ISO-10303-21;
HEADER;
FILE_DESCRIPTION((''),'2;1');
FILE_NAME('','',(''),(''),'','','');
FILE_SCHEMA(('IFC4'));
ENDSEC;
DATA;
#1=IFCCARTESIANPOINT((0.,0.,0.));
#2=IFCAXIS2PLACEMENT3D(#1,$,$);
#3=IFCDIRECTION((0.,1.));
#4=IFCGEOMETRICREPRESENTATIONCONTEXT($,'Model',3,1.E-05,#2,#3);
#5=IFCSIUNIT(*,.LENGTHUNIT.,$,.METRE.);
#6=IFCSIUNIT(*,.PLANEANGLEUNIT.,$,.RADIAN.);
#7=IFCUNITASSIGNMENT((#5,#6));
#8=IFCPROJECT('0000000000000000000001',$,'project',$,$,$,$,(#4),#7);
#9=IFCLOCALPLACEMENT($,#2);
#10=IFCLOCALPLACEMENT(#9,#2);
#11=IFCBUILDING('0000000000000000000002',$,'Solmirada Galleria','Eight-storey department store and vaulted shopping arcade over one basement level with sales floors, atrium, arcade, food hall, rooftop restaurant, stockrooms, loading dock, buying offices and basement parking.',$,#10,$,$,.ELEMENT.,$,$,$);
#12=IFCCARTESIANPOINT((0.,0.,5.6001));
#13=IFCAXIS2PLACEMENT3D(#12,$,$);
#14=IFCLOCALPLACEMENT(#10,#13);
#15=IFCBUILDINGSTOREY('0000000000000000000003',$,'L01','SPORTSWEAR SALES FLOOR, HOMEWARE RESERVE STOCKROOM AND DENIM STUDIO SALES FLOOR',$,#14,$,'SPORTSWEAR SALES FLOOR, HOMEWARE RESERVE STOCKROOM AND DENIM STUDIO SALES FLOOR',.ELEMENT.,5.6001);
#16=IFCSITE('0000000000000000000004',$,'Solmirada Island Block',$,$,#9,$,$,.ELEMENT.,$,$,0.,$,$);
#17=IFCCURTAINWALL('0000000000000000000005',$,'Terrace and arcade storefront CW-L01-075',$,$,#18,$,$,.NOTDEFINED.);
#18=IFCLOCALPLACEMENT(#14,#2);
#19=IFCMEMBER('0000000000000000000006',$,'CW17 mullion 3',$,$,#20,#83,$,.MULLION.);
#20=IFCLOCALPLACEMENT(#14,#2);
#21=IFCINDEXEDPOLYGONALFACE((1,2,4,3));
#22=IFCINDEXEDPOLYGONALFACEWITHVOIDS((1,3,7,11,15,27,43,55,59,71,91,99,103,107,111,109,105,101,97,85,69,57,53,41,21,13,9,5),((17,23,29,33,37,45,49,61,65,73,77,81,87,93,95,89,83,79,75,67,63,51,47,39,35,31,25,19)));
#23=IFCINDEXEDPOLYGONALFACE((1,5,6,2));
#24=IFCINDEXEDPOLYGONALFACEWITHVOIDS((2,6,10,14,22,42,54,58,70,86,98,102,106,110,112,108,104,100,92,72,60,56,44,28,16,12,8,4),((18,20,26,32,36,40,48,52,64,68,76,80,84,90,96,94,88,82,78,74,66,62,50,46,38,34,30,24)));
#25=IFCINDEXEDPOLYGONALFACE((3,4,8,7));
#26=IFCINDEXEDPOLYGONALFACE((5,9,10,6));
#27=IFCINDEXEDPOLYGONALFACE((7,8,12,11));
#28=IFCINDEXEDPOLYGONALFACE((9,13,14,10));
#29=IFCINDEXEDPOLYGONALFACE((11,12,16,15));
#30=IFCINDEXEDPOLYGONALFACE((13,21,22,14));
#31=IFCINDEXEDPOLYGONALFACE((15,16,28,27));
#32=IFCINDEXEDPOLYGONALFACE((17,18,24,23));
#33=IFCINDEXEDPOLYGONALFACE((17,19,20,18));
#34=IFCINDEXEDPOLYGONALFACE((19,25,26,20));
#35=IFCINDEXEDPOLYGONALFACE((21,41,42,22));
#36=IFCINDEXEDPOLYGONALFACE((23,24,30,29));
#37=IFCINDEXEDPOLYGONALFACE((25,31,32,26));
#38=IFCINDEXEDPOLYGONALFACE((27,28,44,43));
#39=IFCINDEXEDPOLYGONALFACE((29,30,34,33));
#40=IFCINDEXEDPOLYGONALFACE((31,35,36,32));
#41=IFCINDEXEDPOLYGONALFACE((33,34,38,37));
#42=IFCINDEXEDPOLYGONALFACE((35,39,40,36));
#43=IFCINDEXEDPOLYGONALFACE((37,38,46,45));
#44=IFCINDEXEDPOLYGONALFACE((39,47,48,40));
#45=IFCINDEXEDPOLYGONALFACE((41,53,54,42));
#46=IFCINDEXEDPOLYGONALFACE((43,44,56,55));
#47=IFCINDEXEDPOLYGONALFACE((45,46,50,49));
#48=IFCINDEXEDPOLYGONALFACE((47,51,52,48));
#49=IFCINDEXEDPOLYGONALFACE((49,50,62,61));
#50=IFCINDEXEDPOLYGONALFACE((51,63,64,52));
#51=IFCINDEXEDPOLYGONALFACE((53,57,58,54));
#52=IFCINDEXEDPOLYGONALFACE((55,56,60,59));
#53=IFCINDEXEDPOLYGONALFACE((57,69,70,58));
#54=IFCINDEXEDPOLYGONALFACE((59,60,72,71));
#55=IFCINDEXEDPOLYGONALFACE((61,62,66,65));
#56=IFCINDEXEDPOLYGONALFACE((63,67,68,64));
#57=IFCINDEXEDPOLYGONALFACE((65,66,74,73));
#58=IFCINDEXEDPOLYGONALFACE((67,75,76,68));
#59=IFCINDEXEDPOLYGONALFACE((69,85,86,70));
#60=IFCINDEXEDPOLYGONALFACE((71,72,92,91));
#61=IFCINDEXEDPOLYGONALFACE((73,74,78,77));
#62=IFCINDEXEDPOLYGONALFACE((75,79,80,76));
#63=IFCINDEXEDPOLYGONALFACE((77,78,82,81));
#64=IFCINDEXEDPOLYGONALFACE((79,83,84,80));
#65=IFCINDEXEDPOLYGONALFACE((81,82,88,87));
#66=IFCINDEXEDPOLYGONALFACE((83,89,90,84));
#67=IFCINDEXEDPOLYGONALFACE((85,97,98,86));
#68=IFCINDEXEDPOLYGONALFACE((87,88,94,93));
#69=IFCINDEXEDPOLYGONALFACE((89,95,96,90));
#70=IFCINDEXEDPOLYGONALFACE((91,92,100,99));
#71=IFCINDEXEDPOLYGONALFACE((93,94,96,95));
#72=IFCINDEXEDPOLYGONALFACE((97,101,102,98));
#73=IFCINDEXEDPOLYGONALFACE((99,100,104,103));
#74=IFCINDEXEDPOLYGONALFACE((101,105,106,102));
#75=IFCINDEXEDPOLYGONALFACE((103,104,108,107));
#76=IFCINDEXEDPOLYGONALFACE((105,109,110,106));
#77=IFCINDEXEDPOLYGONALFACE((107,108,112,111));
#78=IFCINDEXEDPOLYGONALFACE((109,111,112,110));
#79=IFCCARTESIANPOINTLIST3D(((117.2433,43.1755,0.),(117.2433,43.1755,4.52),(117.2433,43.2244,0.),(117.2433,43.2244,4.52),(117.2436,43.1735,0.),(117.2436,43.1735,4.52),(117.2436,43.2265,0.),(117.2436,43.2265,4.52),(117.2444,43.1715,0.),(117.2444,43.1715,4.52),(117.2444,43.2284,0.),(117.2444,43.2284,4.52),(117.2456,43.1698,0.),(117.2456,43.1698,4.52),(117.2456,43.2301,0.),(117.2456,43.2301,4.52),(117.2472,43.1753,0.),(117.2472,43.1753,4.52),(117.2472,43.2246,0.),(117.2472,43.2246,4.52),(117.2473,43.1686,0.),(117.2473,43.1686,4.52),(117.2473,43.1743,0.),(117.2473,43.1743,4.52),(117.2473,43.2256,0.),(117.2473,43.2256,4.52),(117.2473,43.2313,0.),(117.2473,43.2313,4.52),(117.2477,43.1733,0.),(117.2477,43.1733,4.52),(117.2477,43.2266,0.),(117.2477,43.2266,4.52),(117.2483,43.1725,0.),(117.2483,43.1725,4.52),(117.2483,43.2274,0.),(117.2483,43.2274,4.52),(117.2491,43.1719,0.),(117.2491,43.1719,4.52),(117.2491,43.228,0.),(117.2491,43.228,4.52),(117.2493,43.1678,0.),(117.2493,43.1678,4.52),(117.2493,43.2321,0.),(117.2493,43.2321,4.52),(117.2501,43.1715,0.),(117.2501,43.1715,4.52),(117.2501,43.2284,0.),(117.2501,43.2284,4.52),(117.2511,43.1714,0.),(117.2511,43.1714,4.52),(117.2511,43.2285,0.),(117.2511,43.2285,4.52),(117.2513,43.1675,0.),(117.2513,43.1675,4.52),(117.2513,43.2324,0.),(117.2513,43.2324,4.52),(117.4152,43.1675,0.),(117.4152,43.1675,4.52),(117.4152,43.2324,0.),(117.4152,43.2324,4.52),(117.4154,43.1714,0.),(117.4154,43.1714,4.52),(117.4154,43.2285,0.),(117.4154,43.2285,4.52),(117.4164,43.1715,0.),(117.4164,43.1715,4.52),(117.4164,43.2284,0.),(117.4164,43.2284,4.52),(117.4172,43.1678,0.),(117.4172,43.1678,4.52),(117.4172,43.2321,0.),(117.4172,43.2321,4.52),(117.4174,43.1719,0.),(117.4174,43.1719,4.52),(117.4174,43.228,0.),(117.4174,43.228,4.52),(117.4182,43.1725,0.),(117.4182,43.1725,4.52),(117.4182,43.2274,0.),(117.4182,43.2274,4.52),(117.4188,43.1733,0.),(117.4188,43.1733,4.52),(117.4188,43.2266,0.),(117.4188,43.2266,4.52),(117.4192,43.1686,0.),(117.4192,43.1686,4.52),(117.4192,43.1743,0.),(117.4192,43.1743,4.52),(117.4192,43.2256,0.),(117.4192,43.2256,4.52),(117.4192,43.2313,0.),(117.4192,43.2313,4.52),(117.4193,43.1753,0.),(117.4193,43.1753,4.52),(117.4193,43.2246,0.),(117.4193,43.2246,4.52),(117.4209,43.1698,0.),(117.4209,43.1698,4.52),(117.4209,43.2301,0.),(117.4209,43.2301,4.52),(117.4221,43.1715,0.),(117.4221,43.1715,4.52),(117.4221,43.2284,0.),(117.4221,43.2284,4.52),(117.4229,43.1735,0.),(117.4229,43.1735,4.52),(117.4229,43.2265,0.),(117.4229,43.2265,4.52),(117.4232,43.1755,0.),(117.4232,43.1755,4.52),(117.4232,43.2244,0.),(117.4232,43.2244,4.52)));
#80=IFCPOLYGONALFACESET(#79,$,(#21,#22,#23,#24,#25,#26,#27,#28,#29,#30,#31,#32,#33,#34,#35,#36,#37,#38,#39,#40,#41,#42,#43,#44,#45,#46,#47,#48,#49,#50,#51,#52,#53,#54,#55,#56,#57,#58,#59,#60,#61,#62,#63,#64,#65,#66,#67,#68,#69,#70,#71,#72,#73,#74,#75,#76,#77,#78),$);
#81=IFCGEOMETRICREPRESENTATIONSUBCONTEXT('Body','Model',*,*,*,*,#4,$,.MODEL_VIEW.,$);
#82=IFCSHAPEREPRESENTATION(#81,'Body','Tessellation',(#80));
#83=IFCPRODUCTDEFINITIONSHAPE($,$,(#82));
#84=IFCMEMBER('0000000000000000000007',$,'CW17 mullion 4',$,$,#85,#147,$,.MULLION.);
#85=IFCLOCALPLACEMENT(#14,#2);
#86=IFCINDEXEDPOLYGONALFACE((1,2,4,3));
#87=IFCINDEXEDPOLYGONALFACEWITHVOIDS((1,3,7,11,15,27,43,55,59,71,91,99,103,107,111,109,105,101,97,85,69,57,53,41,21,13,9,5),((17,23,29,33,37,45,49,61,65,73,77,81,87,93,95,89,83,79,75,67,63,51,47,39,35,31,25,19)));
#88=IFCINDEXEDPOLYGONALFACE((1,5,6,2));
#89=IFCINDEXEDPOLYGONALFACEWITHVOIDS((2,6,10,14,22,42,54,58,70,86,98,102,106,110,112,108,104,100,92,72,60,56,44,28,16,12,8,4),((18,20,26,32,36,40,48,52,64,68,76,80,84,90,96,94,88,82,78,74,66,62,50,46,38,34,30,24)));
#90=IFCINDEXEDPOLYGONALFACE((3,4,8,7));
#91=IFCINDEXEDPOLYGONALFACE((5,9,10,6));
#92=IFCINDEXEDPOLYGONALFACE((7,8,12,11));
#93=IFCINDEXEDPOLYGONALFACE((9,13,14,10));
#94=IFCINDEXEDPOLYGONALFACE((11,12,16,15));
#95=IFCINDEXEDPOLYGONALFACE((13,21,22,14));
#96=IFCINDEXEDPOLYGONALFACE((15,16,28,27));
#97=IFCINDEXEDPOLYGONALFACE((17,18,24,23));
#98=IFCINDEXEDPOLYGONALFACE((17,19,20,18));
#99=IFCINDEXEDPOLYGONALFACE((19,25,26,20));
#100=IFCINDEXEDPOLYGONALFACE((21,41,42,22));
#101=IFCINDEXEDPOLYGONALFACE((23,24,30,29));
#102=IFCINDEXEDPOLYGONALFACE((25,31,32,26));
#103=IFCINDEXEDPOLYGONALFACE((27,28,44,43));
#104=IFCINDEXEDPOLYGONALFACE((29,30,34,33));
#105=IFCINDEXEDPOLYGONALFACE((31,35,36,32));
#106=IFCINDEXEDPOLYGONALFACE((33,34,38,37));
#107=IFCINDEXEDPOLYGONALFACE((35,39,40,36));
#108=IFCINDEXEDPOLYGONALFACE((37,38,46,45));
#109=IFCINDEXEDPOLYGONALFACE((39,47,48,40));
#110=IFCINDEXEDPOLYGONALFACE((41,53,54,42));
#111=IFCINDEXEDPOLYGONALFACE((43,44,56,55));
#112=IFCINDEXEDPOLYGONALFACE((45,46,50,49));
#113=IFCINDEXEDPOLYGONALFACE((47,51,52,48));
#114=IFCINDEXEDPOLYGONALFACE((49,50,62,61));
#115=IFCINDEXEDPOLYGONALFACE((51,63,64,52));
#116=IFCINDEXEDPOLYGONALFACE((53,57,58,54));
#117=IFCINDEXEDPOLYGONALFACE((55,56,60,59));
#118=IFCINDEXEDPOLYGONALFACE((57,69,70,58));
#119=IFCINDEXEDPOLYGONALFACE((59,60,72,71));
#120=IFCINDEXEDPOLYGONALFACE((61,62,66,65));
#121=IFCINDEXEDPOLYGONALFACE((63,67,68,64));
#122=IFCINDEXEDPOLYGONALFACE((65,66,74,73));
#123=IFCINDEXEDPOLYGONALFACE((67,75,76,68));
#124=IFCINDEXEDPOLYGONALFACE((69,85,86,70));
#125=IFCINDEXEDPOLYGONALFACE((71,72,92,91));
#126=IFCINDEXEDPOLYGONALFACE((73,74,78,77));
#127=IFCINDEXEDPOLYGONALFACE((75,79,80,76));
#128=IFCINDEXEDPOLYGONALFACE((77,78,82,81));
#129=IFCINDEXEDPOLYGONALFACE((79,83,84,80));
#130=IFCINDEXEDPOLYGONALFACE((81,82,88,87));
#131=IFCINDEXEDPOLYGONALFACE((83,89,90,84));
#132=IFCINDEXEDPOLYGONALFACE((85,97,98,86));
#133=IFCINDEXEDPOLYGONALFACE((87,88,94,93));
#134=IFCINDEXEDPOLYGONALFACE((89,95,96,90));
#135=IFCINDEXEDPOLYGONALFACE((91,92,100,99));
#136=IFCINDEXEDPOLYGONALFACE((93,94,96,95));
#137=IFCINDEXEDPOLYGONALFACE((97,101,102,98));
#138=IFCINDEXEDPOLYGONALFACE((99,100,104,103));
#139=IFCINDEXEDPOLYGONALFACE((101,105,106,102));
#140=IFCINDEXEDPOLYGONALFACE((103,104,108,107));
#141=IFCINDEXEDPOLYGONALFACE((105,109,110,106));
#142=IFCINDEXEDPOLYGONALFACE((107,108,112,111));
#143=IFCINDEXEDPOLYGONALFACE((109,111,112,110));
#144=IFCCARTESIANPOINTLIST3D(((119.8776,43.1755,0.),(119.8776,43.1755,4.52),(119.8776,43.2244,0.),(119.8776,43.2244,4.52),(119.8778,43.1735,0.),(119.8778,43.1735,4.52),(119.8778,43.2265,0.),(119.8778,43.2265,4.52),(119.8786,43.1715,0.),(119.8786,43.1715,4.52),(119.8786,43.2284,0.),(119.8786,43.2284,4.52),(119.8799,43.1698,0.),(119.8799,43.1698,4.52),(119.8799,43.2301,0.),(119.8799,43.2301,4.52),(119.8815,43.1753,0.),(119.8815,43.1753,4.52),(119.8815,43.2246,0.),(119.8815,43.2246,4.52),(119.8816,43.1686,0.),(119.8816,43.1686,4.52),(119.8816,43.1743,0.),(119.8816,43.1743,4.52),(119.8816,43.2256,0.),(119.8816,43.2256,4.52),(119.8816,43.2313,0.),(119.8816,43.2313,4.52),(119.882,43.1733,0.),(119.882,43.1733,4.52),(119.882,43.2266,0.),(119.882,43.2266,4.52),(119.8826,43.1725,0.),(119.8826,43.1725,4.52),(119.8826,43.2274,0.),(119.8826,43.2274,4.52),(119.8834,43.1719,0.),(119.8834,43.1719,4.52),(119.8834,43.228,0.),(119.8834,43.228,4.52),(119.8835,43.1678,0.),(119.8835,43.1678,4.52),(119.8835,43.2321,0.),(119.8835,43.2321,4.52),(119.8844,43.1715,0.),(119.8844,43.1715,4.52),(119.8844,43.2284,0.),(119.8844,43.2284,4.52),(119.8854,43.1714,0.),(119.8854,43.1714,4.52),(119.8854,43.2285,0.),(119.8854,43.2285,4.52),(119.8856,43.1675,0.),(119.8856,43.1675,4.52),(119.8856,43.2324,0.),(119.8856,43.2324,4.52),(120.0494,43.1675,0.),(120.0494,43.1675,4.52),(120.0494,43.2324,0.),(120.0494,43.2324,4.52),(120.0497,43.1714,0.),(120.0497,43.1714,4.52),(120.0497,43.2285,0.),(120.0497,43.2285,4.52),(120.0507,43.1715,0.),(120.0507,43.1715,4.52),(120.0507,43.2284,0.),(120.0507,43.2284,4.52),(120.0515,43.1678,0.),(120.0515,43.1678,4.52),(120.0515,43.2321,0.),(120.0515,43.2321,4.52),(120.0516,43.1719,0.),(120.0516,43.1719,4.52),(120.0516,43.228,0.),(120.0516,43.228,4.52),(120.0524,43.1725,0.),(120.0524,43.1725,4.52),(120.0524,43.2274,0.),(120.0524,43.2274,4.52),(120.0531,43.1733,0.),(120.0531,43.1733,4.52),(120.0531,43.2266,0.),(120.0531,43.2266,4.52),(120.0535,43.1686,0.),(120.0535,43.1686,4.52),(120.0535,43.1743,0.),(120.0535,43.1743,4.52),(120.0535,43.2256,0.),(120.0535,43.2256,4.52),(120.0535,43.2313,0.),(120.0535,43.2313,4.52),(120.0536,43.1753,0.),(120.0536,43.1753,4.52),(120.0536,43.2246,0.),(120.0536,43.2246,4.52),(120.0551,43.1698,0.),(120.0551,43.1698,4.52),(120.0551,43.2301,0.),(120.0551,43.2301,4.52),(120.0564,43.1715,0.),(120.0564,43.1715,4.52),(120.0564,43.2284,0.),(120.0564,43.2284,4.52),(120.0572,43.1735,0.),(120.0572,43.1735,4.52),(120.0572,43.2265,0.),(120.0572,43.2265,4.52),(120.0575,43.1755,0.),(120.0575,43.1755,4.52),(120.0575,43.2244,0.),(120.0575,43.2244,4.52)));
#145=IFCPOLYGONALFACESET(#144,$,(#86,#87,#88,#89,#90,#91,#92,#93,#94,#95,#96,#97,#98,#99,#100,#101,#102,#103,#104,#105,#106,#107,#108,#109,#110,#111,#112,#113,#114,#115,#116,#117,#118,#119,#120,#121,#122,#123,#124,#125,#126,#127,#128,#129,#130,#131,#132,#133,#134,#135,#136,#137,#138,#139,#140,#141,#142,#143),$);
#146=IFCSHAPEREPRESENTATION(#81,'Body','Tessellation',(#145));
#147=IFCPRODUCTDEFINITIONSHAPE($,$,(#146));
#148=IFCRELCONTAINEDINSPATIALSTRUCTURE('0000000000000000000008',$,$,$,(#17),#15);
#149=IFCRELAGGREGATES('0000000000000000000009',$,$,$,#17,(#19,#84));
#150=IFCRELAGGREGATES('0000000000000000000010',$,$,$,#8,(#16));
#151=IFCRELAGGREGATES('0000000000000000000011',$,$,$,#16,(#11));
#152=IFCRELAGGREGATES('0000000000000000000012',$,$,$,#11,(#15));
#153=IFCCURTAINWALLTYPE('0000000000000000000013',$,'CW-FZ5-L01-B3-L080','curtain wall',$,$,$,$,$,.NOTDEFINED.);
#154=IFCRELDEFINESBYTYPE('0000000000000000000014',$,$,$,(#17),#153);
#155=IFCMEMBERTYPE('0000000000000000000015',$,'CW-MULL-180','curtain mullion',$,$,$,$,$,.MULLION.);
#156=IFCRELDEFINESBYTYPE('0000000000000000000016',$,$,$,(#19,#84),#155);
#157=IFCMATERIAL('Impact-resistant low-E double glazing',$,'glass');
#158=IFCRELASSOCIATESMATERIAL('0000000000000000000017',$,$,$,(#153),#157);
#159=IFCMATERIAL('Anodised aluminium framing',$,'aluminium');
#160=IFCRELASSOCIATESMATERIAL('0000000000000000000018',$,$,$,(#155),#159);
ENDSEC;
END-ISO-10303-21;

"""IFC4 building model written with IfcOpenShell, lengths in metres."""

from ifc_helpers import new_model, si_unit, direction, frame, origin, origin_2d, place, context, subcontext, project, spatial, hollow_rectangle, extrude, material, material_profile, profile_set, type_object, element, aggregate, save


model = new_model("IFC4")

# Units and contexts
model_context = context("Model", 3, precision=1e-05, world=origin(), true_north=direction((0.0, 1.0)))
body_context = subcontext(model_context, "Body", "Model", "MODEL_VIEW")
ifc_project = project(units=[si_unit("LENGTHUNIT", "METRE"), si_unit("PLANEANGLEUNIT", "RADIAN")], contexts=[model_context])

# Site, building, storey
site_placement = place(None, origin())
site = spatial("IfcSite", under=ifc_project, at=site_placement, Name="Solmirada Island Block", CompositionType="ELEMENT", RefElevation=0.0)
building_placement = place(site_placement, origin())
building = spatial("IfcBuilding", under=site, at=building_placement, Name="Solmirada Galleria", Description="Eight-storey department store and vaulted shopping arcade over one basement level with sales floors, atrium, arcade, food hall, rooftop restaurant, stockrooms, loading dock, buying offices and basement parking.", CompositionType="ELEMENT")
storey_placement = place(building_placement, frame((0.0, 0.0, 5.6001)))
storey = spatial("IfcBuildingStorey", under=building, at=storey_placement, Name="L01", Description="SPORTSWEAR SALES FLOOR, HOMEWARE RESERVE STOCKROOM AND DENIM STUDIO SALES FLOOR", LongName="SPORTSWEAR SALES FLOOR, HOMEWARE RESERVE STOCKROOM AND DENIM STUDIO SALES FLOOR", CompositionType="ELEMENT", Elevation=5.6001)

# Curtain wall, members
ifc_material_1 = material(Name="Impact-resistant low-E double glazing", Category="glass")
curtain_wall_type = type_object("IfcCurtainWallType", Name="CW-FZ5-L01-B3-L080", Description="curtain wall", PredefinedType="NOTDEFINED", material=ifc_material_1)
curtain_wall_placement = place(storey_placement, origin())
curtain_wall = element("IfcCurtainWall", 1, at=curtain_wall_placement, inside=storey, type_object=curtain_wall_type, Name="Terrace and arcade storefront CW-L01-075", PredefinedType="NOTDEFINED")
ifc_material_2 = material(Name="Anodised aluminium framing", Category="aluminium")
ifc_material_profile_1 = material_profile(ifc_material_2, hollow_rectangle(XDim=0.0649, YDim=0.1799, WallThickness=0.0039, InnerFilletRadius=0.0039, OuterFilletRadius=0.0081, at=origin_2d()), Name="ALU-MULL-180X65")
ifc_profile_set_1 = profile_set([ifc_material_profile_1], Name="Anodised aluminium framing")
member_type_1 = type_object("IfcMemberType", Name="CW-MULL-180", Description="curtain mullion", PredefinedType="MULLION", material=ifc_profile_set_1)
member_1_placement = place(storey_placement, frame((117.3333, 43.2, 0.0), z_axis=(0.0, 0.0, 1.0), x_axis=(0.0, 1.0, 0.0)))
member_1 = element("IfcMember", 2, at=member_1_placement, type_object=member_type_1, Name="CW17 mullion 3", PredefinedType="MULLION", context=body_context, shape_type="SweptSolid", body=[
    extrude(hollow_rectangle(XDim=0.0649, YDim=0.1799, WallThickness=0.0039, InnerFilletRadius=0.0039, OuterFilletRadius=0.0081, at=origin_2d()), origin(), (0.0, 0.0, 1.0), 4.52),
])
member_2_placement = place(storey_placement, frame((119.9675, 43.2, 0.0), z_axis=(0.0, 0.0, 1.0), x_axis=(0.0, 1.0, 0.0)))
member_2 = element("IfcMember", 3, at=member_2_placement, type_object=member_type_1, Name="CW17 mullion 4", PredefinedType="MULLION", context=body_context, shape_type="SweptSolid", body=[
    extrude(hollow_rectangle(XDim=0.0649, YDim=0.1799, WallThickness=0.0039, InnerFilletRadius=0.0039, OuterFilletRadius=0.0081, at=origin_2d()), origin(), (0.0, 0.0, 1.0), 4.52),
])
aggregate(curtain_wall, [member_1, member_2])

save(model, "model.ifc")
